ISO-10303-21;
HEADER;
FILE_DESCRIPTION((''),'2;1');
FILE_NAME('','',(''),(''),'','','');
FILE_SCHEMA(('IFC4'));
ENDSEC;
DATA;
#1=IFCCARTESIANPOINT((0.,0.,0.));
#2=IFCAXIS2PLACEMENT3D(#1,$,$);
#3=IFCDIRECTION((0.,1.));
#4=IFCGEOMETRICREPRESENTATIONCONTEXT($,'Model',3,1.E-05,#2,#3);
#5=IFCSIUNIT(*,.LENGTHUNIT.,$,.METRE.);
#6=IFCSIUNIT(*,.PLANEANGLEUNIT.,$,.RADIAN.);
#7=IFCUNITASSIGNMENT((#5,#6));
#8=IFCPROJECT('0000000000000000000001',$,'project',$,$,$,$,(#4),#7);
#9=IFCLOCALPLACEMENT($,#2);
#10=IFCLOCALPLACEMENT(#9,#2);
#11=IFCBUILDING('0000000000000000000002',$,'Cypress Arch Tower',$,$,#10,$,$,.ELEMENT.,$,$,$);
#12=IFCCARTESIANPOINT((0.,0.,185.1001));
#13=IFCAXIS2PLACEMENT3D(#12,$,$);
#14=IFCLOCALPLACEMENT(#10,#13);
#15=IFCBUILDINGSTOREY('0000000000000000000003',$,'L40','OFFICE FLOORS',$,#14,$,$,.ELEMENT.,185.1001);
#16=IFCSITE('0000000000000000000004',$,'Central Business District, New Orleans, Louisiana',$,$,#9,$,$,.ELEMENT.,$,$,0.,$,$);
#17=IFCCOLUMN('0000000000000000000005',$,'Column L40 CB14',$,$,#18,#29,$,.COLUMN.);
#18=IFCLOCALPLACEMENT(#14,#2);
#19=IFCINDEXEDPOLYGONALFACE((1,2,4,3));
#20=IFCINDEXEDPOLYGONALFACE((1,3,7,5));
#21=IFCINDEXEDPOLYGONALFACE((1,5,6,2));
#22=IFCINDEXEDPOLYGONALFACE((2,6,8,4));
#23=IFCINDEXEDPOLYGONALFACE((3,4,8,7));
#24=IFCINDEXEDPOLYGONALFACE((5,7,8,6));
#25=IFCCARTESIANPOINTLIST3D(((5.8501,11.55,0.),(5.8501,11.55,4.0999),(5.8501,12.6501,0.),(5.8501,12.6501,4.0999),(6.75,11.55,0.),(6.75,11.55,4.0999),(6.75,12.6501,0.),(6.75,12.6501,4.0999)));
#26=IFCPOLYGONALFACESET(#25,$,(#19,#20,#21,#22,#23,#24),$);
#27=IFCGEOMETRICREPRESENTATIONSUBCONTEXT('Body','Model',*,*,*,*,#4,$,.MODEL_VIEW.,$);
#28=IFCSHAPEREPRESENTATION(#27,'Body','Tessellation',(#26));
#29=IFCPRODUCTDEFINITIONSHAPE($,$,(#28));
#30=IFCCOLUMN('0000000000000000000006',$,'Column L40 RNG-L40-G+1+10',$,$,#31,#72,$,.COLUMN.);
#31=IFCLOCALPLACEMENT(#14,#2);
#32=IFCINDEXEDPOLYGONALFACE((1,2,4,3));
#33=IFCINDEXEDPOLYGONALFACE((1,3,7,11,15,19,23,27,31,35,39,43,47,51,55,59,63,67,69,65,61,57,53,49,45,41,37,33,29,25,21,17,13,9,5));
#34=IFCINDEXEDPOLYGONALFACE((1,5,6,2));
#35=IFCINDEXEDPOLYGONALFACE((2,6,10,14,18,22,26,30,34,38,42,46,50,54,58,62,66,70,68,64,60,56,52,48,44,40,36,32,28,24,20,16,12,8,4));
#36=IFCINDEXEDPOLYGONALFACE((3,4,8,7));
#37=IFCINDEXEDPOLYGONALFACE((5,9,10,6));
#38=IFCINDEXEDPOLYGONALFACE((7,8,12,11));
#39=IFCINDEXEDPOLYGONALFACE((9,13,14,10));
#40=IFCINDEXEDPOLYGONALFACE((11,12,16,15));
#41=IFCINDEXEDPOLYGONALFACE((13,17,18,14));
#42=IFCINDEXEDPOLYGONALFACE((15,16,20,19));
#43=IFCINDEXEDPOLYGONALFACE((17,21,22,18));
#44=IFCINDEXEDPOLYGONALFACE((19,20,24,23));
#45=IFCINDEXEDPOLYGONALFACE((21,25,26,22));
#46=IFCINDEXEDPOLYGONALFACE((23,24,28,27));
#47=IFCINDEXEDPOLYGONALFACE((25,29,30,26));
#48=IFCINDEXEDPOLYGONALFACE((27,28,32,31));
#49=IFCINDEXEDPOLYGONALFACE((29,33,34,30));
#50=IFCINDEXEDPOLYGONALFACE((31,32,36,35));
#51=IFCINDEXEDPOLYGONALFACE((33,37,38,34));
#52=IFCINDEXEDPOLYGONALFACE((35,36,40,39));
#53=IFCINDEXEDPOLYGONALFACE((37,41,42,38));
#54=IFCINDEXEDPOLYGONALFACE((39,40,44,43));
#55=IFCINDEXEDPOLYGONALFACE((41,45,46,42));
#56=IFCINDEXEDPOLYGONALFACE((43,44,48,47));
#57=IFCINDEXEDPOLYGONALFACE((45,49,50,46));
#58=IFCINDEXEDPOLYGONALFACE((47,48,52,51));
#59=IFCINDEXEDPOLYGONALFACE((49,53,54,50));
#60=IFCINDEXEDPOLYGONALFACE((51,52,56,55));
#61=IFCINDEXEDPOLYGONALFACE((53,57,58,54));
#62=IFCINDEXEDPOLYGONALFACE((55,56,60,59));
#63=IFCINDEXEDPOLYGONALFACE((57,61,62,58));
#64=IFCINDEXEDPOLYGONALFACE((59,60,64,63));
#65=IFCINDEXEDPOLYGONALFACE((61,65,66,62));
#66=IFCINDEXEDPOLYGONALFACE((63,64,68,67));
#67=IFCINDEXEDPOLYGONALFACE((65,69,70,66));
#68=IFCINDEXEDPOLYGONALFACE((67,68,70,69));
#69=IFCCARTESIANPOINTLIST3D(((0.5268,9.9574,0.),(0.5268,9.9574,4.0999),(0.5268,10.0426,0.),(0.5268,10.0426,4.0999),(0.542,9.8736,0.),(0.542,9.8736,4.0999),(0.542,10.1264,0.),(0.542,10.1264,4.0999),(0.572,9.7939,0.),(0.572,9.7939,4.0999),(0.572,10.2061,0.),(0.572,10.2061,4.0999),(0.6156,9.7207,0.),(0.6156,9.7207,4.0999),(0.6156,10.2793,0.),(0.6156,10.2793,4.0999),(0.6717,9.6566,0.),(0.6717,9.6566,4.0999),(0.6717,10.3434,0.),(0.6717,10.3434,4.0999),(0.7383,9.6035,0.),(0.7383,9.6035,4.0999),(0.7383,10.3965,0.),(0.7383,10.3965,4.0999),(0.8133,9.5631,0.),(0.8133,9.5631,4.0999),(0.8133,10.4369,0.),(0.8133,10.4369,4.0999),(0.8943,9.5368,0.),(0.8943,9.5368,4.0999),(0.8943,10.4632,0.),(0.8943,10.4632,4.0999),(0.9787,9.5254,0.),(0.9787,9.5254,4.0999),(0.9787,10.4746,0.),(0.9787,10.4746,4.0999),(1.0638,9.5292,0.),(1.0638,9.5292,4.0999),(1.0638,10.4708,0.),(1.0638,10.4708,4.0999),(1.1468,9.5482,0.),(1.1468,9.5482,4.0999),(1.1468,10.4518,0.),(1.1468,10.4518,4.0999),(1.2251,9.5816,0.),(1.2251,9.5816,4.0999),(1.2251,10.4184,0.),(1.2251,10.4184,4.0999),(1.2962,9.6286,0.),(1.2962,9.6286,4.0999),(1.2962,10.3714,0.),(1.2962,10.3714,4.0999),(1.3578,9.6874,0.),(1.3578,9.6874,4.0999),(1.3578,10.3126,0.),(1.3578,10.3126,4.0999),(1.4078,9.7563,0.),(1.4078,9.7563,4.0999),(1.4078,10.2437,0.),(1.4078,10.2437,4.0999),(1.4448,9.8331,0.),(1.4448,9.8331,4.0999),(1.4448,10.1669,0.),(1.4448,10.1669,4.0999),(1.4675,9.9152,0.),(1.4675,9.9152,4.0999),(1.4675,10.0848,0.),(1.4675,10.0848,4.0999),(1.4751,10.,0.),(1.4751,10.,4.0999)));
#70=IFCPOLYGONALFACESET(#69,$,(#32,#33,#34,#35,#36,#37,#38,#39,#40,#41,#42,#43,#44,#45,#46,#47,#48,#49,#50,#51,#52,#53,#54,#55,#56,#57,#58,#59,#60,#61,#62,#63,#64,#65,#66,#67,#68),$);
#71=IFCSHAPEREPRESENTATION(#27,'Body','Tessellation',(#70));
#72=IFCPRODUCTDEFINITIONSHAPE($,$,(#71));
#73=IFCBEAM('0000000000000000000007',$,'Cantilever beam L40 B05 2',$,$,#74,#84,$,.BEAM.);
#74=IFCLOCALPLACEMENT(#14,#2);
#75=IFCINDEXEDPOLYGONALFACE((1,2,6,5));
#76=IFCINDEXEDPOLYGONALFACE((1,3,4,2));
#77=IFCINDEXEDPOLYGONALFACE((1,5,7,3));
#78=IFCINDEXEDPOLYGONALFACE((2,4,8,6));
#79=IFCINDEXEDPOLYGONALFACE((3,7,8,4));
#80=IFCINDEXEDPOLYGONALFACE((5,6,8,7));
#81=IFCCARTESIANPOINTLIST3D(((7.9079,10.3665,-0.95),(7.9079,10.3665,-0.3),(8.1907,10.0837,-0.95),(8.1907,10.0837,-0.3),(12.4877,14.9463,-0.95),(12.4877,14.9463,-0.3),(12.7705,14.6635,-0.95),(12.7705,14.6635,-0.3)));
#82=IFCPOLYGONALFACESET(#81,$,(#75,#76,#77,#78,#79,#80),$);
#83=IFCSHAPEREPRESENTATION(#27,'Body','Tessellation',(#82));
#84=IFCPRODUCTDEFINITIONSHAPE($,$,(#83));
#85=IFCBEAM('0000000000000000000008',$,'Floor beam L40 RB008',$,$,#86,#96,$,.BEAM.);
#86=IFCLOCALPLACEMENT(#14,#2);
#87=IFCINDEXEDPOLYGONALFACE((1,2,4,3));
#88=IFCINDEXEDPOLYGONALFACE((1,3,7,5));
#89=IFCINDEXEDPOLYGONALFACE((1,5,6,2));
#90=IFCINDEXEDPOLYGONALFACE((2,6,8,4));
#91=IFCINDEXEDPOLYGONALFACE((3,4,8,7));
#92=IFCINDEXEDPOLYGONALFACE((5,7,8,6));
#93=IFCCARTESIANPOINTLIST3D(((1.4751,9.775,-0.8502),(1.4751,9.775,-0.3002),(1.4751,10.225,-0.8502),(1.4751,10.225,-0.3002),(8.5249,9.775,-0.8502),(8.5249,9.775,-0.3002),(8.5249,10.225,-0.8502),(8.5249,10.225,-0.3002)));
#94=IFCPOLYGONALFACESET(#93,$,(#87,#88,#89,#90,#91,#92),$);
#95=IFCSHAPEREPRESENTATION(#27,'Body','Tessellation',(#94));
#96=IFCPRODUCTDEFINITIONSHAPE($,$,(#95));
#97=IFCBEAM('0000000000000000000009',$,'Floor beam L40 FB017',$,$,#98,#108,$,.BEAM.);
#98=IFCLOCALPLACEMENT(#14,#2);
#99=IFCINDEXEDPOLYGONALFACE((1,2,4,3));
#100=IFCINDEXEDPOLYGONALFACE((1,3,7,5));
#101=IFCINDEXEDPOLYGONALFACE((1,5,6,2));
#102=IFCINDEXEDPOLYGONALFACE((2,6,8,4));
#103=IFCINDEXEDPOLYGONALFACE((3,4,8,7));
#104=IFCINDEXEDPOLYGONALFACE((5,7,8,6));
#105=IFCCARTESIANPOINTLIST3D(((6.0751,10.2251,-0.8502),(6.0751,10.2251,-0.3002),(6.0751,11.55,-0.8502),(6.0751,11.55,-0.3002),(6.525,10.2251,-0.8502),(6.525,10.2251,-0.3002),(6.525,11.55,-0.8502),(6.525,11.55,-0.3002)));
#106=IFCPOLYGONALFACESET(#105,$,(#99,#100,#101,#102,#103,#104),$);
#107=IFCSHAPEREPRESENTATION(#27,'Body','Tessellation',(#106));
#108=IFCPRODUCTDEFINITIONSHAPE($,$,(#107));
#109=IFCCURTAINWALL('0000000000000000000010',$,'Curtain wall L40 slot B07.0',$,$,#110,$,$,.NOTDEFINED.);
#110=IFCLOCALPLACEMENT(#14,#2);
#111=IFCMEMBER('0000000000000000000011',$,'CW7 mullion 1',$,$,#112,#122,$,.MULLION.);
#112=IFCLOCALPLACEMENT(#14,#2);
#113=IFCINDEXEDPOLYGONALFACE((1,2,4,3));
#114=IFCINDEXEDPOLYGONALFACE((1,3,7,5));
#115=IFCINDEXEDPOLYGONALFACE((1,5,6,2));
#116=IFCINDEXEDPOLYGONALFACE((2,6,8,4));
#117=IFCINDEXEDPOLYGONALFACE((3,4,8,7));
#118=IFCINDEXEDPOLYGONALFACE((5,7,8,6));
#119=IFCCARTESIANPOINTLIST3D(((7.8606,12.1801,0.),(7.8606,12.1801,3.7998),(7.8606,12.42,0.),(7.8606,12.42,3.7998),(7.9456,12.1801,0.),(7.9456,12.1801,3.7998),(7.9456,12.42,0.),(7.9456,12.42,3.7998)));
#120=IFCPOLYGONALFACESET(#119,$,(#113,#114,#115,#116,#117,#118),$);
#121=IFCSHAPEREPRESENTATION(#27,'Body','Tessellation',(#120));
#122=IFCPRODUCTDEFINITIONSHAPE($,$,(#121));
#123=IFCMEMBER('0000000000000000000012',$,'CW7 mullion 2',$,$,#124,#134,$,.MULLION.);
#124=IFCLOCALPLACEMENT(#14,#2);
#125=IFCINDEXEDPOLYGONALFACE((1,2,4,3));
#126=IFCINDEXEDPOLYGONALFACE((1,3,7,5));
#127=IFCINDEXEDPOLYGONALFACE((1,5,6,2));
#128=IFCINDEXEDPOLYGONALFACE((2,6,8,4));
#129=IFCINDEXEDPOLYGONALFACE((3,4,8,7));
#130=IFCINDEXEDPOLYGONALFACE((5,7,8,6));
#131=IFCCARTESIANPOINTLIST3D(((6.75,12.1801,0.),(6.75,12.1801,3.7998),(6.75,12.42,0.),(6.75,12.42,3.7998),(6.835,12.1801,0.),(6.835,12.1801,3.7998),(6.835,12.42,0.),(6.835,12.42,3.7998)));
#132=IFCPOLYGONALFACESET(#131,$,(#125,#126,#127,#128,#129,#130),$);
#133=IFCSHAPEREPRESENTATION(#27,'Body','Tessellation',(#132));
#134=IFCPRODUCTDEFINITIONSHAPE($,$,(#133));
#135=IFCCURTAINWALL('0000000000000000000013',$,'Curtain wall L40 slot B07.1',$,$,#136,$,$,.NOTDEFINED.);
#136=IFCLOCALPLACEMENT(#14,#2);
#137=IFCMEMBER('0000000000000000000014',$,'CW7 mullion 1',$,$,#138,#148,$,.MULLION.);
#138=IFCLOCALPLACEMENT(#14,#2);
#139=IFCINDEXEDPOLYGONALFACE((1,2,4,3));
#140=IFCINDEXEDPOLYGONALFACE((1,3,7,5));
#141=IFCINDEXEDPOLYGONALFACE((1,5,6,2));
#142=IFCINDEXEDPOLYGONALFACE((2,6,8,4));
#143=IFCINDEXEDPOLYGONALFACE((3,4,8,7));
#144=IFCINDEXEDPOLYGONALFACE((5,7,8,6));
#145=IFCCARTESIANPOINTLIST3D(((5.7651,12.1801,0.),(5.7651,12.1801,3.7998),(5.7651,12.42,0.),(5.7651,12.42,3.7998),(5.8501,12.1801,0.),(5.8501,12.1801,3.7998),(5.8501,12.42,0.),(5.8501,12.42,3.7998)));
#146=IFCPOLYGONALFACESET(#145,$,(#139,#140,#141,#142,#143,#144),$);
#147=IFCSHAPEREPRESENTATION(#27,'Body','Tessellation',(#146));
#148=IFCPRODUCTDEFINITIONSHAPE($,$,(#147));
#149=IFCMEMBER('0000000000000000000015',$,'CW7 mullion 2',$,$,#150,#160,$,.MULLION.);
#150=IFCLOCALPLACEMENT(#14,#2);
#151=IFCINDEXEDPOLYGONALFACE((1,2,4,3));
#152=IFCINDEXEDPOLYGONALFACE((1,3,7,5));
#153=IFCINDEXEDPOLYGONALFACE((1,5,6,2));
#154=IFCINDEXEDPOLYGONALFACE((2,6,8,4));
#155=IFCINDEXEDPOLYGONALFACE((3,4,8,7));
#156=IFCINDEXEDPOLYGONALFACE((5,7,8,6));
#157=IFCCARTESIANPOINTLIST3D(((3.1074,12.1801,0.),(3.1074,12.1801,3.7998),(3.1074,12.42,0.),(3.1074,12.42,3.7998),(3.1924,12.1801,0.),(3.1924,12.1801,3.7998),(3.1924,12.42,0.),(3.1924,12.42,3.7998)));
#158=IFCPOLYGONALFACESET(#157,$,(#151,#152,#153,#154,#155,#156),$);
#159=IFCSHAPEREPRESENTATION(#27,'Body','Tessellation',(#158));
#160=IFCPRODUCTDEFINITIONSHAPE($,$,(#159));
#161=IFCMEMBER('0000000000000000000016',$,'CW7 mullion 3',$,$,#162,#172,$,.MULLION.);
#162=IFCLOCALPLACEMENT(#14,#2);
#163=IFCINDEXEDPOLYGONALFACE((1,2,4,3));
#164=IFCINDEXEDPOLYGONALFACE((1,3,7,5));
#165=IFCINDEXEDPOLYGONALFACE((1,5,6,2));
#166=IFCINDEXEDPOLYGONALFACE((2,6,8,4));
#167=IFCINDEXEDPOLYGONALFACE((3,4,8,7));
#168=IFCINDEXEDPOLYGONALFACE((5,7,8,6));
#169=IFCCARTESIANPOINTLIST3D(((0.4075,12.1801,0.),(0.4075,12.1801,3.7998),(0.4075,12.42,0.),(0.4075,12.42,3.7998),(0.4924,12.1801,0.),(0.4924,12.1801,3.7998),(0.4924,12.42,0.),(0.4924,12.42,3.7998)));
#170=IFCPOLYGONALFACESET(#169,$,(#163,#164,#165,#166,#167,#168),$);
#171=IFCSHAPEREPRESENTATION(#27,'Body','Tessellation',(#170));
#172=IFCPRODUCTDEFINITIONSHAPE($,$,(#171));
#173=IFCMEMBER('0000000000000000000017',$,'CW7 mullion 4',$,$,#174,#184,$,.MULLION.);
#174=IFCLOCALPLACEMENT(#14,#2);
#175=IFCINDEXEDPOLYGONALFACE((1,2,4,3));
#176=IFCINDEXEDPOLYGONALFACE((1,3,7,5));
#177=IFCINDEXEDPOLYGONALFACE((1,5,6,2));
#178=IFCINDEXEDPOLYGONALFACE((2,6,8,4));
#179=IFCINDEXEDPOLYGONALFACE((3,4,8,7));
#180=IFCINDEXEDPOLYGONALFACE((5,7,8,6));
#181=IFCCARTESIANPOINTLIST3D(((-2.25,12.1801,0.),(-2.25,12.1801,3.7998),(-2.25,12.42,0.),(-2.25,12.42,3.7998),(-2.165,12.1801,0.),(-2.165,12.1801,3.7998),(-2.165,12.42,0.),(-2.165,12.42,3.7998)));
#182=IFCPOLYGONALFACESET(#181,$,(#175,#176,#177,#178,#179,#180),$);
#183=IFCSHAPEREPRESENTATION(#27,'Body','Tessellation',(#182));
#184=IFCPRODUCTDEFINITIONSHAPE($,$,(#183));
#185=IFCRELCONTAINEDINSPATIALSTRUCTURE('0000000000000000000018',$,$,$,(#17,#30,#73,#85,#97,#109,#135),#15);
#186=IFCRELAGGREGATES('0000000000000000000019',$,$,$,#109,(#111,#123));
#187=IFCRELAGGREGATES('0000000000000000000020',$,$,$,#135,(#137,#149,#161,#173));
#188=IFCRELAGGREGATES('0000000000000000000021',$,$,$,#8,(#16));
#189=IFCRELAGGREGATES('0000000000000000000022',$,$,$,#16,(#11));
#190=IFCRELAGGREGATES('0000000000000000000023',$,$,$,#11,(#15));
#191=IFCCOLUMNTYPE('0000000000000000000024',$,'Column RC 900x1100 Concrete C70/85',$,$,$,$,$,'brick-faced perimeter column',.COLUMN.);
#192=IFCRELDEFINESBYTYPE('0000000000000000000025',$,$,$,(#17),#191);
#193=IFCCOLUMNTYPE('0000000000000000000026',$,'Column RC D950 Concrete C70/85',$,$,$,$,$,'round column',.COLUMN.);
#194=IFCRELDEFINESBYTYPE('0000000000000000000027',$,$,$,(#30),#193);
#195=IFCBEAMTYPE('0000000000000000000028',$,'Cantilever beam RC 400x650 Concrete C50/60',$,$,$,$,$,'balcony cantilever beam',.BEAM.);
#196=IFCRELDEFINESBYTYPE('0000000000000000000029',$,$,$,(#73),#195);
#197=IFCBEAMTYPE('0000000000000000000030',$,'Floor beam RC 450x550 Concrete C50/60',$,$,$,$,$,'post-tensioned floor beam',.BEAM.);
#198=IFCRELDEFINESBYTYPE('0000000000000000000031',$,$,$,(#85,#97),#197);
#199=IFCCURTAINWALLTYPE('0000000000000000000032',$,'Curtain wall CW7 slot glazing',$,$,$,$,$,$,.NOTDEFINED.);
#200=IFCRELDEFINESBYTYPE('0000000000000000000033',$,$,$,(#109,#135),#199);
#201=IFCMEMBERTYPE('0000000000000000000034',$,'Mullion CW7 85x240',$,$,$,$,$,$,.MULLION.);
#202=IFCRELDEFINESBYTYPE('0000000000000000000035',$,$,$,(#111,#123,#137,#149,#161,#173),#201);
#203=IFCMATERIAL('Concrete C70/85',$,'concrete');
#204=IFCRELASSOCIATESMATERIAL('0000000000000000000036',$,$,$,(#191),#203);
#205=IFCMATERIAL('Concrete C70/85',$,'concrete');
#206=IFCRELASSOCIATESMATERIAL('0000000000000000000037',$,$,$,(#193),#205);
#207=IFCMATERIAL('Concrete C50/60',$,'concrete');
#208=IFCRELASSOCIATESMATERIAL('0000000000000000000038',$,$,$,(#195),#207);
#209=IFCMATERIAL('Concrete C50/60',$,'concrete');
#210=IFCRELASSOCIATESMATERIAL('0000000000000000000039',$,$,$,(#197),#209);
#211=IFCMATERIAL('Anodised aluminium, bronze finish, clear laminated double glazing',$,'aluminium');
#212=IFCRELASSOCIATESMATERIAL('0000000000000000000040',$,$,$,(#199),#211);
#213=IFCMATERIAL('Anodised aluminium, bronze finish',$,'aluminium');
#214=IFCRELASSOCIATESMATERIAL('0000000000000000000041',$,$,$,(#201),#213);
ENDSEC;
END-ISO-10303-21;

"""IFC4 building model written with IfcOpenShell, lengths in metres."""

from ifc_helpers import new_model, si_unit, direction, frame, origin, origin_2d, place, context, subcontext, project, spatial, rectangle, circle, extrude, material, material_profile, profile_set, type_object, element, aggregate, save


model = new_model("IFC4")

# Units and contexts
model_context = context("Model", 3, precision=1e-05, world=origin(), true_north=direction((0.0, 1.0)))
body_context = subcontext(model_context, "Body", "Model", "MODEL_VIEW")
ifc_project = project(units=[si_unit("LENGTHUNIT", "METRE"), si_unit("PLANEANGLEUNIT", "RADIAN")], contexts=[model_context])

# Site, building, storey
site_placement = place(None, origin())
site = spatial("IfcSite", under=ifc_project, at=site_placement, Name="Central Business District, New Orleans, Louisiana", CompositionType="ELEMENT", RefElevation=0.0)
building_placement = place(site_placement, origin())
building = spatial("IfcBuilding", under=site, at=building_placement, Name="Cypress Arch Tower", CompositionType="ELEMENT")
storey_placement = place(building_placement, frame((0.0, 0.0, 185.1001)))
storey = spatial("IfcBuildingStorey", under=building, at=storey_placement, Name="L40", Description="OFFICE FLOORS", CompositionType="ELEMENT", Elevation=185.1001)

# Columns
ifc_material_1 = material(Name="Concrete C70/85", Category="concrete")
ifc_material_profile_1 = material_profile(ifc_material_1, rectangle(XDim=0.8999, YDim=1.1001, at=origin_2d()), Name="RC 900x1100")
ifc_profile_set_1 = profile_set([ifc_material_profile_1], Name="Concrete C70/85")
column_type_1 = type_object("IfcColumnType", Name="Column RC 900x1100 Concrete C70/85", ElementType="brick-faced perimeter column", PredefinedType="COLUMN", material=ifc_profile_set_1)
column_1_placement = place(storey_placement, frame((6.3, 12.1001, 0.0), z_axis=(0.0, 0.0, 1.0), x_axis=(-1.0, 0.0, 0.0)))
element("IfcColumn", 1, at=column_1_placement, inside=storey, type_object=column_type_1, Name="Column L40 CB14", PredefinedType="COLUMN", context=body_context, shape_type="SweptSolid", body=[
    extrude(rectangle(XDim=0.8999, YDim=1.1001, at=origin_2d()), origin(), (0.0, 0.0, 1.0), 4.0999),
])
ifc_material_2 = material(Name="Concrete C70/85", Category="concrete")
ifc_material_profile_2 = material_profile(ifc_material_2, circle(Radius=0.4751, at=origin_2d()), Name="RC D950")
ifc_profile_set_2 = profile_set([ifc_material_profile_2], Name="Concrete C70/85")
column_type_2 = type_object("IfcColumnType", Name="Column RC D950 Concrete C70/85", ElementType="round column", PredefinedType="COLUMN", material=ifc_profile_set_2)
column_2_placement = place(storey_placement, frame((1.0, 10.0, 0.0), z_axis=(0.0, 0.0, 1.0), x_axis=(1.0, 0.0, 0.0)))
element("IfcColumn", 2, at=column_2_placement, inside=storey, type_object=column_type_2, Name="Column L40 RNG-L40-G+1+10", PredefinedType="COLUMN", context=body_context, shape_type="SweptSolid", body=[
    extrude(circle(Radius=0.4751, at=origin_2d()), origin(), (0.0, 0.0, 1.0), 4.0999),
])

# Beams
ifc_material_3 = material(Name="Concrete C50/60", Category="concrete")
ifc_material_profile_3 = material_profile(ifc_material_3, rectangle(XDim=0.3999, YDim=0.6499, at=origin_2d()), Name="RC 400x650")
ifc_profile_set_3 = profile_set([ifc_material_profile_3], Name="Concrete C50/60")
beam_type_1 = type_object("IfcBeamType", Name="Cantilever beam RC 400x650 Concrete C50/60", ElementType="balcony cantilever beam", PredefinedType="BEAM", material=ifc_profile_set_3)
beam_1_placement = place(storey_placement, frame((8.0493, 10.2251, -0.625), z_axis=(0.707107, 0.707107, 0.0), x_axis=(-0.707107, 0.707107, 0.0)))
element("IfcBeam", 3, at=beam_1_placement, inside=storey, type_object=beam_type_1, Name="Cantilever beam L40 B05 2", PredefinedType="BEAM", context=body_context, shape_type="SweptSolid", body=[
    extrude(rectangle(XDim=0.3999, YDim=0.6499, at=origin_2d()), origin(), (0.0, 0.0, 1.0), 6.4768),
])
ifc_material_4 = material(Name="Concrete C50/60", Category="concrete")
ifc_material_profile_4 = material_profile(ifc_material_4, rectangle(XDim=0.45, YDim=0.55, at=origin_2d()), Name="RC 450x550")
ifc_profile_set_4 = profile_set([ifc_material_profile_4], Name="Concrete C50/60")
beam_type_2 = type_object("IfcBeamType", Name="Floor beam RC 450x550 Concrete C50/60", ElementType="post-tensioned floor beam", PredefinedType="BEAM", material=ifc_profile_set_4)
beam_2_placement = place(storey_placement, frame((1.4751, 10.0, -0.5752), z_axis=(1.0, 0.0, 0.0), x_axis=(0.0, 1.0, 0.0)))
element("IfcBeam", 4, at=beam_2_placement, inside=storey, type_object=beam_type_2, Name="Floor beam L40 RB008", PredefinedType="BEAM", context=body_context, shape_type="SweptSolid", body=[
    extrude(rectangle(XDim=0.45, YDim=0.55, at=origin_2d()), origin(), (0.0, 0.0, 1.0), 7.0498),
])
beam_3_placement = place(storey_placement, frame((6.3, 10.2251, -0.5752), z_axis=(0.0, 1.0, 0.0), x_axis=(-1.0, 0.0, 0.0)))
element("IfcBeam", 5, at=beam_3_placement, inside=storey, type_object=beam_type_2, Name="Floor beam L40 FB017", PredefinedType="BEAM", context=body_context, shape_type="SweptSolid", body=[
    extrude(rectangle(XDim=0.45, YDim=0.55, at=origin_2d()), origin(), (0.0, 0.0, 1.0), 1.325),
])

# Curtain walls, members
ifc_material_5 = material(Name="Anodised aluminium, bronze finish, clear laminated double glazing", Category="aluminium")
curtain_wall_type = type_object("IfcCurtainWallType", Name="Curtain wall CW7 slot glazing", PredefinedType="NOTDEFINED", material=ifc_material_5)
curtain_wall_1_placement = place(storey_placement, origin())
curtain_wall_1 = element("IfcCurtainWall", 6, at=curtain_wall_1_placement, inside=storey, type_object=curtain_wall_type, Name="Curtain wall L40 slot B07.0", PredefinedType="NOTDEFINED")
ifc_material_6 = material(Name="Anodised aluminium, bronze finish", Category="aluminium")
ifc_material_profile_5 = material_profile(ifc_material_6, rectangle(XDim=0.24, YDim=0.085, at=origin_2d()), Name="Mullion 85x240")
ifc_profile_set_5 = profile_set([ifc_material_profile_5], Name="Anodised aluminium, bronze finish")
member_type_1 = type_object("IfcMemberType", Name="Mullion CW7 85x240", PredefinedType="MULLION", material=ifc_profile_set_5)
member_1_placement = place(storey_placement, frame((7.9031, 12.3, 0.0), z_axis=(0.0, 0.0, 1.0), x_axis=(0.0, -1.0, 0.0)))
member_1 = element("IfcMember", 7, at=member_1_placement, type_object=member_type_1, Name="CW7 mullion 1", PredefinedType="MULLION", context=body_context, shape_type="SweptSolid", body=[
    extrude(rectangle(XDim=0.24, YDim=0.085, at=origin_2d()), origin(), (0.0, 0.0, 1.0), 3.7998),
])
member_2_placement = place(storey_placement, frame((6.7925, 12.3, 0.0), z_axis=(0.0, 0.0, 1.0), x_axis=(0.0, -1.0, 0.0)))
member_2 = element("IfcMember", 8, at=member_2_placement, type_object=member_type_1, Name="CW7 mullion 2", PredefinedType="MULLION", context=body_context, shape_type="SweptSolid", body=[
    extrude(rectangle(XDim=0.24, YDim=0.085, at=origin_2d()), origin(), (0.0, 0.0, 1.0), 3.7998),
])
curtain_wall_2_placement = place(storey_placement, origin())
curtain_wall_2 = element("IfcCurtainWall", 9, at=curtain_wall_2_placement, inside=storey, type_object=curtain_wall_type, Name="Curtain wall L40 slot B07.1", PredefinedType="NOTDEFINED")
member_3_placement = place(storey_placement, frame((5.8076, 12.3, 0.0), z_axis=(0.0, 0.0, 1.0), x_axis=(0.0, -1.0, 0.0)))
member_3 = element("IfcMember", 10, at=member_3_placement, type_object=member_type_1, Name="CW7 mullion 1", PredefinedType="MULLION", context=body_context, shape_type="SweptSolid", body=[
    extrude(rectangle(XDim=0.24, YDim=0.085, at=origin_2d()), origin(), (0.0, 0.0, 1.0), 3.7998),
])
member_4_placement = place(storey_placement, frame((3.1499, 12.3, 0.0), z_axis=(0.0, 0.0, 1.0), x_axis=(0.0, -1.0, 0.0)))
member_4 = element("IfcMember", 11, at=member_4_placement, type_object=member_type_1, Name="CW7 mullion 2", PredefinedType="MULLION", context=body_context, shape_type="SweptSolid", body=[
    extrude(rectangle(XDim=0.24, YDim=0.085, at=origin_2d()), origin(), (0.0, 0.0, 1.0), 3.7998),
])
member_5_placement = place(storey_placement, frame((0.45, 12.3, 0.0), z_axis=(0.0, 0.0, 1.0), x_axis=(0.0, -1.0, 0.0)))
member_5 = element("IfcMember", 12, at=member_5_placement, type_object=member_type_1, Name="CW7 mullion 3", PredefinedType="MULLION", context=body_context, shape_type="SweptSolid", body=[
    extrude(rectangle(XDim=0.24, YDim=0.085, at=origin_2d()), origin(), (0.0, 0.0, 1.0), 3.7998),
])
member_6_placement = place(storey_placement, frame((-2.2075, 12.3, 0.0), z_axis=(0.0, 0.0, 1.0), x_axis=(0.0, -1.0, 0.0)))
member_6 = element("IfcMember", 13, at=member_6_placement, type_object=member_type_1, Name="CW7 mullion 4", PredefinedType="MULLION", context=body_context, shape_type="SweptSolid", body=[
    extrude(rectangle(XDim=0.24, YDim=0.085, at=origin_2d()), origin(), (0.0, 0.0, 1.0), 3.7998),
])

aggregate(curtain_wall_1, [member_1, member_2])
aggregate(curtain_wall_2, [member_3, member_4, member_5, member_6])

save(model, "model.ifc")
